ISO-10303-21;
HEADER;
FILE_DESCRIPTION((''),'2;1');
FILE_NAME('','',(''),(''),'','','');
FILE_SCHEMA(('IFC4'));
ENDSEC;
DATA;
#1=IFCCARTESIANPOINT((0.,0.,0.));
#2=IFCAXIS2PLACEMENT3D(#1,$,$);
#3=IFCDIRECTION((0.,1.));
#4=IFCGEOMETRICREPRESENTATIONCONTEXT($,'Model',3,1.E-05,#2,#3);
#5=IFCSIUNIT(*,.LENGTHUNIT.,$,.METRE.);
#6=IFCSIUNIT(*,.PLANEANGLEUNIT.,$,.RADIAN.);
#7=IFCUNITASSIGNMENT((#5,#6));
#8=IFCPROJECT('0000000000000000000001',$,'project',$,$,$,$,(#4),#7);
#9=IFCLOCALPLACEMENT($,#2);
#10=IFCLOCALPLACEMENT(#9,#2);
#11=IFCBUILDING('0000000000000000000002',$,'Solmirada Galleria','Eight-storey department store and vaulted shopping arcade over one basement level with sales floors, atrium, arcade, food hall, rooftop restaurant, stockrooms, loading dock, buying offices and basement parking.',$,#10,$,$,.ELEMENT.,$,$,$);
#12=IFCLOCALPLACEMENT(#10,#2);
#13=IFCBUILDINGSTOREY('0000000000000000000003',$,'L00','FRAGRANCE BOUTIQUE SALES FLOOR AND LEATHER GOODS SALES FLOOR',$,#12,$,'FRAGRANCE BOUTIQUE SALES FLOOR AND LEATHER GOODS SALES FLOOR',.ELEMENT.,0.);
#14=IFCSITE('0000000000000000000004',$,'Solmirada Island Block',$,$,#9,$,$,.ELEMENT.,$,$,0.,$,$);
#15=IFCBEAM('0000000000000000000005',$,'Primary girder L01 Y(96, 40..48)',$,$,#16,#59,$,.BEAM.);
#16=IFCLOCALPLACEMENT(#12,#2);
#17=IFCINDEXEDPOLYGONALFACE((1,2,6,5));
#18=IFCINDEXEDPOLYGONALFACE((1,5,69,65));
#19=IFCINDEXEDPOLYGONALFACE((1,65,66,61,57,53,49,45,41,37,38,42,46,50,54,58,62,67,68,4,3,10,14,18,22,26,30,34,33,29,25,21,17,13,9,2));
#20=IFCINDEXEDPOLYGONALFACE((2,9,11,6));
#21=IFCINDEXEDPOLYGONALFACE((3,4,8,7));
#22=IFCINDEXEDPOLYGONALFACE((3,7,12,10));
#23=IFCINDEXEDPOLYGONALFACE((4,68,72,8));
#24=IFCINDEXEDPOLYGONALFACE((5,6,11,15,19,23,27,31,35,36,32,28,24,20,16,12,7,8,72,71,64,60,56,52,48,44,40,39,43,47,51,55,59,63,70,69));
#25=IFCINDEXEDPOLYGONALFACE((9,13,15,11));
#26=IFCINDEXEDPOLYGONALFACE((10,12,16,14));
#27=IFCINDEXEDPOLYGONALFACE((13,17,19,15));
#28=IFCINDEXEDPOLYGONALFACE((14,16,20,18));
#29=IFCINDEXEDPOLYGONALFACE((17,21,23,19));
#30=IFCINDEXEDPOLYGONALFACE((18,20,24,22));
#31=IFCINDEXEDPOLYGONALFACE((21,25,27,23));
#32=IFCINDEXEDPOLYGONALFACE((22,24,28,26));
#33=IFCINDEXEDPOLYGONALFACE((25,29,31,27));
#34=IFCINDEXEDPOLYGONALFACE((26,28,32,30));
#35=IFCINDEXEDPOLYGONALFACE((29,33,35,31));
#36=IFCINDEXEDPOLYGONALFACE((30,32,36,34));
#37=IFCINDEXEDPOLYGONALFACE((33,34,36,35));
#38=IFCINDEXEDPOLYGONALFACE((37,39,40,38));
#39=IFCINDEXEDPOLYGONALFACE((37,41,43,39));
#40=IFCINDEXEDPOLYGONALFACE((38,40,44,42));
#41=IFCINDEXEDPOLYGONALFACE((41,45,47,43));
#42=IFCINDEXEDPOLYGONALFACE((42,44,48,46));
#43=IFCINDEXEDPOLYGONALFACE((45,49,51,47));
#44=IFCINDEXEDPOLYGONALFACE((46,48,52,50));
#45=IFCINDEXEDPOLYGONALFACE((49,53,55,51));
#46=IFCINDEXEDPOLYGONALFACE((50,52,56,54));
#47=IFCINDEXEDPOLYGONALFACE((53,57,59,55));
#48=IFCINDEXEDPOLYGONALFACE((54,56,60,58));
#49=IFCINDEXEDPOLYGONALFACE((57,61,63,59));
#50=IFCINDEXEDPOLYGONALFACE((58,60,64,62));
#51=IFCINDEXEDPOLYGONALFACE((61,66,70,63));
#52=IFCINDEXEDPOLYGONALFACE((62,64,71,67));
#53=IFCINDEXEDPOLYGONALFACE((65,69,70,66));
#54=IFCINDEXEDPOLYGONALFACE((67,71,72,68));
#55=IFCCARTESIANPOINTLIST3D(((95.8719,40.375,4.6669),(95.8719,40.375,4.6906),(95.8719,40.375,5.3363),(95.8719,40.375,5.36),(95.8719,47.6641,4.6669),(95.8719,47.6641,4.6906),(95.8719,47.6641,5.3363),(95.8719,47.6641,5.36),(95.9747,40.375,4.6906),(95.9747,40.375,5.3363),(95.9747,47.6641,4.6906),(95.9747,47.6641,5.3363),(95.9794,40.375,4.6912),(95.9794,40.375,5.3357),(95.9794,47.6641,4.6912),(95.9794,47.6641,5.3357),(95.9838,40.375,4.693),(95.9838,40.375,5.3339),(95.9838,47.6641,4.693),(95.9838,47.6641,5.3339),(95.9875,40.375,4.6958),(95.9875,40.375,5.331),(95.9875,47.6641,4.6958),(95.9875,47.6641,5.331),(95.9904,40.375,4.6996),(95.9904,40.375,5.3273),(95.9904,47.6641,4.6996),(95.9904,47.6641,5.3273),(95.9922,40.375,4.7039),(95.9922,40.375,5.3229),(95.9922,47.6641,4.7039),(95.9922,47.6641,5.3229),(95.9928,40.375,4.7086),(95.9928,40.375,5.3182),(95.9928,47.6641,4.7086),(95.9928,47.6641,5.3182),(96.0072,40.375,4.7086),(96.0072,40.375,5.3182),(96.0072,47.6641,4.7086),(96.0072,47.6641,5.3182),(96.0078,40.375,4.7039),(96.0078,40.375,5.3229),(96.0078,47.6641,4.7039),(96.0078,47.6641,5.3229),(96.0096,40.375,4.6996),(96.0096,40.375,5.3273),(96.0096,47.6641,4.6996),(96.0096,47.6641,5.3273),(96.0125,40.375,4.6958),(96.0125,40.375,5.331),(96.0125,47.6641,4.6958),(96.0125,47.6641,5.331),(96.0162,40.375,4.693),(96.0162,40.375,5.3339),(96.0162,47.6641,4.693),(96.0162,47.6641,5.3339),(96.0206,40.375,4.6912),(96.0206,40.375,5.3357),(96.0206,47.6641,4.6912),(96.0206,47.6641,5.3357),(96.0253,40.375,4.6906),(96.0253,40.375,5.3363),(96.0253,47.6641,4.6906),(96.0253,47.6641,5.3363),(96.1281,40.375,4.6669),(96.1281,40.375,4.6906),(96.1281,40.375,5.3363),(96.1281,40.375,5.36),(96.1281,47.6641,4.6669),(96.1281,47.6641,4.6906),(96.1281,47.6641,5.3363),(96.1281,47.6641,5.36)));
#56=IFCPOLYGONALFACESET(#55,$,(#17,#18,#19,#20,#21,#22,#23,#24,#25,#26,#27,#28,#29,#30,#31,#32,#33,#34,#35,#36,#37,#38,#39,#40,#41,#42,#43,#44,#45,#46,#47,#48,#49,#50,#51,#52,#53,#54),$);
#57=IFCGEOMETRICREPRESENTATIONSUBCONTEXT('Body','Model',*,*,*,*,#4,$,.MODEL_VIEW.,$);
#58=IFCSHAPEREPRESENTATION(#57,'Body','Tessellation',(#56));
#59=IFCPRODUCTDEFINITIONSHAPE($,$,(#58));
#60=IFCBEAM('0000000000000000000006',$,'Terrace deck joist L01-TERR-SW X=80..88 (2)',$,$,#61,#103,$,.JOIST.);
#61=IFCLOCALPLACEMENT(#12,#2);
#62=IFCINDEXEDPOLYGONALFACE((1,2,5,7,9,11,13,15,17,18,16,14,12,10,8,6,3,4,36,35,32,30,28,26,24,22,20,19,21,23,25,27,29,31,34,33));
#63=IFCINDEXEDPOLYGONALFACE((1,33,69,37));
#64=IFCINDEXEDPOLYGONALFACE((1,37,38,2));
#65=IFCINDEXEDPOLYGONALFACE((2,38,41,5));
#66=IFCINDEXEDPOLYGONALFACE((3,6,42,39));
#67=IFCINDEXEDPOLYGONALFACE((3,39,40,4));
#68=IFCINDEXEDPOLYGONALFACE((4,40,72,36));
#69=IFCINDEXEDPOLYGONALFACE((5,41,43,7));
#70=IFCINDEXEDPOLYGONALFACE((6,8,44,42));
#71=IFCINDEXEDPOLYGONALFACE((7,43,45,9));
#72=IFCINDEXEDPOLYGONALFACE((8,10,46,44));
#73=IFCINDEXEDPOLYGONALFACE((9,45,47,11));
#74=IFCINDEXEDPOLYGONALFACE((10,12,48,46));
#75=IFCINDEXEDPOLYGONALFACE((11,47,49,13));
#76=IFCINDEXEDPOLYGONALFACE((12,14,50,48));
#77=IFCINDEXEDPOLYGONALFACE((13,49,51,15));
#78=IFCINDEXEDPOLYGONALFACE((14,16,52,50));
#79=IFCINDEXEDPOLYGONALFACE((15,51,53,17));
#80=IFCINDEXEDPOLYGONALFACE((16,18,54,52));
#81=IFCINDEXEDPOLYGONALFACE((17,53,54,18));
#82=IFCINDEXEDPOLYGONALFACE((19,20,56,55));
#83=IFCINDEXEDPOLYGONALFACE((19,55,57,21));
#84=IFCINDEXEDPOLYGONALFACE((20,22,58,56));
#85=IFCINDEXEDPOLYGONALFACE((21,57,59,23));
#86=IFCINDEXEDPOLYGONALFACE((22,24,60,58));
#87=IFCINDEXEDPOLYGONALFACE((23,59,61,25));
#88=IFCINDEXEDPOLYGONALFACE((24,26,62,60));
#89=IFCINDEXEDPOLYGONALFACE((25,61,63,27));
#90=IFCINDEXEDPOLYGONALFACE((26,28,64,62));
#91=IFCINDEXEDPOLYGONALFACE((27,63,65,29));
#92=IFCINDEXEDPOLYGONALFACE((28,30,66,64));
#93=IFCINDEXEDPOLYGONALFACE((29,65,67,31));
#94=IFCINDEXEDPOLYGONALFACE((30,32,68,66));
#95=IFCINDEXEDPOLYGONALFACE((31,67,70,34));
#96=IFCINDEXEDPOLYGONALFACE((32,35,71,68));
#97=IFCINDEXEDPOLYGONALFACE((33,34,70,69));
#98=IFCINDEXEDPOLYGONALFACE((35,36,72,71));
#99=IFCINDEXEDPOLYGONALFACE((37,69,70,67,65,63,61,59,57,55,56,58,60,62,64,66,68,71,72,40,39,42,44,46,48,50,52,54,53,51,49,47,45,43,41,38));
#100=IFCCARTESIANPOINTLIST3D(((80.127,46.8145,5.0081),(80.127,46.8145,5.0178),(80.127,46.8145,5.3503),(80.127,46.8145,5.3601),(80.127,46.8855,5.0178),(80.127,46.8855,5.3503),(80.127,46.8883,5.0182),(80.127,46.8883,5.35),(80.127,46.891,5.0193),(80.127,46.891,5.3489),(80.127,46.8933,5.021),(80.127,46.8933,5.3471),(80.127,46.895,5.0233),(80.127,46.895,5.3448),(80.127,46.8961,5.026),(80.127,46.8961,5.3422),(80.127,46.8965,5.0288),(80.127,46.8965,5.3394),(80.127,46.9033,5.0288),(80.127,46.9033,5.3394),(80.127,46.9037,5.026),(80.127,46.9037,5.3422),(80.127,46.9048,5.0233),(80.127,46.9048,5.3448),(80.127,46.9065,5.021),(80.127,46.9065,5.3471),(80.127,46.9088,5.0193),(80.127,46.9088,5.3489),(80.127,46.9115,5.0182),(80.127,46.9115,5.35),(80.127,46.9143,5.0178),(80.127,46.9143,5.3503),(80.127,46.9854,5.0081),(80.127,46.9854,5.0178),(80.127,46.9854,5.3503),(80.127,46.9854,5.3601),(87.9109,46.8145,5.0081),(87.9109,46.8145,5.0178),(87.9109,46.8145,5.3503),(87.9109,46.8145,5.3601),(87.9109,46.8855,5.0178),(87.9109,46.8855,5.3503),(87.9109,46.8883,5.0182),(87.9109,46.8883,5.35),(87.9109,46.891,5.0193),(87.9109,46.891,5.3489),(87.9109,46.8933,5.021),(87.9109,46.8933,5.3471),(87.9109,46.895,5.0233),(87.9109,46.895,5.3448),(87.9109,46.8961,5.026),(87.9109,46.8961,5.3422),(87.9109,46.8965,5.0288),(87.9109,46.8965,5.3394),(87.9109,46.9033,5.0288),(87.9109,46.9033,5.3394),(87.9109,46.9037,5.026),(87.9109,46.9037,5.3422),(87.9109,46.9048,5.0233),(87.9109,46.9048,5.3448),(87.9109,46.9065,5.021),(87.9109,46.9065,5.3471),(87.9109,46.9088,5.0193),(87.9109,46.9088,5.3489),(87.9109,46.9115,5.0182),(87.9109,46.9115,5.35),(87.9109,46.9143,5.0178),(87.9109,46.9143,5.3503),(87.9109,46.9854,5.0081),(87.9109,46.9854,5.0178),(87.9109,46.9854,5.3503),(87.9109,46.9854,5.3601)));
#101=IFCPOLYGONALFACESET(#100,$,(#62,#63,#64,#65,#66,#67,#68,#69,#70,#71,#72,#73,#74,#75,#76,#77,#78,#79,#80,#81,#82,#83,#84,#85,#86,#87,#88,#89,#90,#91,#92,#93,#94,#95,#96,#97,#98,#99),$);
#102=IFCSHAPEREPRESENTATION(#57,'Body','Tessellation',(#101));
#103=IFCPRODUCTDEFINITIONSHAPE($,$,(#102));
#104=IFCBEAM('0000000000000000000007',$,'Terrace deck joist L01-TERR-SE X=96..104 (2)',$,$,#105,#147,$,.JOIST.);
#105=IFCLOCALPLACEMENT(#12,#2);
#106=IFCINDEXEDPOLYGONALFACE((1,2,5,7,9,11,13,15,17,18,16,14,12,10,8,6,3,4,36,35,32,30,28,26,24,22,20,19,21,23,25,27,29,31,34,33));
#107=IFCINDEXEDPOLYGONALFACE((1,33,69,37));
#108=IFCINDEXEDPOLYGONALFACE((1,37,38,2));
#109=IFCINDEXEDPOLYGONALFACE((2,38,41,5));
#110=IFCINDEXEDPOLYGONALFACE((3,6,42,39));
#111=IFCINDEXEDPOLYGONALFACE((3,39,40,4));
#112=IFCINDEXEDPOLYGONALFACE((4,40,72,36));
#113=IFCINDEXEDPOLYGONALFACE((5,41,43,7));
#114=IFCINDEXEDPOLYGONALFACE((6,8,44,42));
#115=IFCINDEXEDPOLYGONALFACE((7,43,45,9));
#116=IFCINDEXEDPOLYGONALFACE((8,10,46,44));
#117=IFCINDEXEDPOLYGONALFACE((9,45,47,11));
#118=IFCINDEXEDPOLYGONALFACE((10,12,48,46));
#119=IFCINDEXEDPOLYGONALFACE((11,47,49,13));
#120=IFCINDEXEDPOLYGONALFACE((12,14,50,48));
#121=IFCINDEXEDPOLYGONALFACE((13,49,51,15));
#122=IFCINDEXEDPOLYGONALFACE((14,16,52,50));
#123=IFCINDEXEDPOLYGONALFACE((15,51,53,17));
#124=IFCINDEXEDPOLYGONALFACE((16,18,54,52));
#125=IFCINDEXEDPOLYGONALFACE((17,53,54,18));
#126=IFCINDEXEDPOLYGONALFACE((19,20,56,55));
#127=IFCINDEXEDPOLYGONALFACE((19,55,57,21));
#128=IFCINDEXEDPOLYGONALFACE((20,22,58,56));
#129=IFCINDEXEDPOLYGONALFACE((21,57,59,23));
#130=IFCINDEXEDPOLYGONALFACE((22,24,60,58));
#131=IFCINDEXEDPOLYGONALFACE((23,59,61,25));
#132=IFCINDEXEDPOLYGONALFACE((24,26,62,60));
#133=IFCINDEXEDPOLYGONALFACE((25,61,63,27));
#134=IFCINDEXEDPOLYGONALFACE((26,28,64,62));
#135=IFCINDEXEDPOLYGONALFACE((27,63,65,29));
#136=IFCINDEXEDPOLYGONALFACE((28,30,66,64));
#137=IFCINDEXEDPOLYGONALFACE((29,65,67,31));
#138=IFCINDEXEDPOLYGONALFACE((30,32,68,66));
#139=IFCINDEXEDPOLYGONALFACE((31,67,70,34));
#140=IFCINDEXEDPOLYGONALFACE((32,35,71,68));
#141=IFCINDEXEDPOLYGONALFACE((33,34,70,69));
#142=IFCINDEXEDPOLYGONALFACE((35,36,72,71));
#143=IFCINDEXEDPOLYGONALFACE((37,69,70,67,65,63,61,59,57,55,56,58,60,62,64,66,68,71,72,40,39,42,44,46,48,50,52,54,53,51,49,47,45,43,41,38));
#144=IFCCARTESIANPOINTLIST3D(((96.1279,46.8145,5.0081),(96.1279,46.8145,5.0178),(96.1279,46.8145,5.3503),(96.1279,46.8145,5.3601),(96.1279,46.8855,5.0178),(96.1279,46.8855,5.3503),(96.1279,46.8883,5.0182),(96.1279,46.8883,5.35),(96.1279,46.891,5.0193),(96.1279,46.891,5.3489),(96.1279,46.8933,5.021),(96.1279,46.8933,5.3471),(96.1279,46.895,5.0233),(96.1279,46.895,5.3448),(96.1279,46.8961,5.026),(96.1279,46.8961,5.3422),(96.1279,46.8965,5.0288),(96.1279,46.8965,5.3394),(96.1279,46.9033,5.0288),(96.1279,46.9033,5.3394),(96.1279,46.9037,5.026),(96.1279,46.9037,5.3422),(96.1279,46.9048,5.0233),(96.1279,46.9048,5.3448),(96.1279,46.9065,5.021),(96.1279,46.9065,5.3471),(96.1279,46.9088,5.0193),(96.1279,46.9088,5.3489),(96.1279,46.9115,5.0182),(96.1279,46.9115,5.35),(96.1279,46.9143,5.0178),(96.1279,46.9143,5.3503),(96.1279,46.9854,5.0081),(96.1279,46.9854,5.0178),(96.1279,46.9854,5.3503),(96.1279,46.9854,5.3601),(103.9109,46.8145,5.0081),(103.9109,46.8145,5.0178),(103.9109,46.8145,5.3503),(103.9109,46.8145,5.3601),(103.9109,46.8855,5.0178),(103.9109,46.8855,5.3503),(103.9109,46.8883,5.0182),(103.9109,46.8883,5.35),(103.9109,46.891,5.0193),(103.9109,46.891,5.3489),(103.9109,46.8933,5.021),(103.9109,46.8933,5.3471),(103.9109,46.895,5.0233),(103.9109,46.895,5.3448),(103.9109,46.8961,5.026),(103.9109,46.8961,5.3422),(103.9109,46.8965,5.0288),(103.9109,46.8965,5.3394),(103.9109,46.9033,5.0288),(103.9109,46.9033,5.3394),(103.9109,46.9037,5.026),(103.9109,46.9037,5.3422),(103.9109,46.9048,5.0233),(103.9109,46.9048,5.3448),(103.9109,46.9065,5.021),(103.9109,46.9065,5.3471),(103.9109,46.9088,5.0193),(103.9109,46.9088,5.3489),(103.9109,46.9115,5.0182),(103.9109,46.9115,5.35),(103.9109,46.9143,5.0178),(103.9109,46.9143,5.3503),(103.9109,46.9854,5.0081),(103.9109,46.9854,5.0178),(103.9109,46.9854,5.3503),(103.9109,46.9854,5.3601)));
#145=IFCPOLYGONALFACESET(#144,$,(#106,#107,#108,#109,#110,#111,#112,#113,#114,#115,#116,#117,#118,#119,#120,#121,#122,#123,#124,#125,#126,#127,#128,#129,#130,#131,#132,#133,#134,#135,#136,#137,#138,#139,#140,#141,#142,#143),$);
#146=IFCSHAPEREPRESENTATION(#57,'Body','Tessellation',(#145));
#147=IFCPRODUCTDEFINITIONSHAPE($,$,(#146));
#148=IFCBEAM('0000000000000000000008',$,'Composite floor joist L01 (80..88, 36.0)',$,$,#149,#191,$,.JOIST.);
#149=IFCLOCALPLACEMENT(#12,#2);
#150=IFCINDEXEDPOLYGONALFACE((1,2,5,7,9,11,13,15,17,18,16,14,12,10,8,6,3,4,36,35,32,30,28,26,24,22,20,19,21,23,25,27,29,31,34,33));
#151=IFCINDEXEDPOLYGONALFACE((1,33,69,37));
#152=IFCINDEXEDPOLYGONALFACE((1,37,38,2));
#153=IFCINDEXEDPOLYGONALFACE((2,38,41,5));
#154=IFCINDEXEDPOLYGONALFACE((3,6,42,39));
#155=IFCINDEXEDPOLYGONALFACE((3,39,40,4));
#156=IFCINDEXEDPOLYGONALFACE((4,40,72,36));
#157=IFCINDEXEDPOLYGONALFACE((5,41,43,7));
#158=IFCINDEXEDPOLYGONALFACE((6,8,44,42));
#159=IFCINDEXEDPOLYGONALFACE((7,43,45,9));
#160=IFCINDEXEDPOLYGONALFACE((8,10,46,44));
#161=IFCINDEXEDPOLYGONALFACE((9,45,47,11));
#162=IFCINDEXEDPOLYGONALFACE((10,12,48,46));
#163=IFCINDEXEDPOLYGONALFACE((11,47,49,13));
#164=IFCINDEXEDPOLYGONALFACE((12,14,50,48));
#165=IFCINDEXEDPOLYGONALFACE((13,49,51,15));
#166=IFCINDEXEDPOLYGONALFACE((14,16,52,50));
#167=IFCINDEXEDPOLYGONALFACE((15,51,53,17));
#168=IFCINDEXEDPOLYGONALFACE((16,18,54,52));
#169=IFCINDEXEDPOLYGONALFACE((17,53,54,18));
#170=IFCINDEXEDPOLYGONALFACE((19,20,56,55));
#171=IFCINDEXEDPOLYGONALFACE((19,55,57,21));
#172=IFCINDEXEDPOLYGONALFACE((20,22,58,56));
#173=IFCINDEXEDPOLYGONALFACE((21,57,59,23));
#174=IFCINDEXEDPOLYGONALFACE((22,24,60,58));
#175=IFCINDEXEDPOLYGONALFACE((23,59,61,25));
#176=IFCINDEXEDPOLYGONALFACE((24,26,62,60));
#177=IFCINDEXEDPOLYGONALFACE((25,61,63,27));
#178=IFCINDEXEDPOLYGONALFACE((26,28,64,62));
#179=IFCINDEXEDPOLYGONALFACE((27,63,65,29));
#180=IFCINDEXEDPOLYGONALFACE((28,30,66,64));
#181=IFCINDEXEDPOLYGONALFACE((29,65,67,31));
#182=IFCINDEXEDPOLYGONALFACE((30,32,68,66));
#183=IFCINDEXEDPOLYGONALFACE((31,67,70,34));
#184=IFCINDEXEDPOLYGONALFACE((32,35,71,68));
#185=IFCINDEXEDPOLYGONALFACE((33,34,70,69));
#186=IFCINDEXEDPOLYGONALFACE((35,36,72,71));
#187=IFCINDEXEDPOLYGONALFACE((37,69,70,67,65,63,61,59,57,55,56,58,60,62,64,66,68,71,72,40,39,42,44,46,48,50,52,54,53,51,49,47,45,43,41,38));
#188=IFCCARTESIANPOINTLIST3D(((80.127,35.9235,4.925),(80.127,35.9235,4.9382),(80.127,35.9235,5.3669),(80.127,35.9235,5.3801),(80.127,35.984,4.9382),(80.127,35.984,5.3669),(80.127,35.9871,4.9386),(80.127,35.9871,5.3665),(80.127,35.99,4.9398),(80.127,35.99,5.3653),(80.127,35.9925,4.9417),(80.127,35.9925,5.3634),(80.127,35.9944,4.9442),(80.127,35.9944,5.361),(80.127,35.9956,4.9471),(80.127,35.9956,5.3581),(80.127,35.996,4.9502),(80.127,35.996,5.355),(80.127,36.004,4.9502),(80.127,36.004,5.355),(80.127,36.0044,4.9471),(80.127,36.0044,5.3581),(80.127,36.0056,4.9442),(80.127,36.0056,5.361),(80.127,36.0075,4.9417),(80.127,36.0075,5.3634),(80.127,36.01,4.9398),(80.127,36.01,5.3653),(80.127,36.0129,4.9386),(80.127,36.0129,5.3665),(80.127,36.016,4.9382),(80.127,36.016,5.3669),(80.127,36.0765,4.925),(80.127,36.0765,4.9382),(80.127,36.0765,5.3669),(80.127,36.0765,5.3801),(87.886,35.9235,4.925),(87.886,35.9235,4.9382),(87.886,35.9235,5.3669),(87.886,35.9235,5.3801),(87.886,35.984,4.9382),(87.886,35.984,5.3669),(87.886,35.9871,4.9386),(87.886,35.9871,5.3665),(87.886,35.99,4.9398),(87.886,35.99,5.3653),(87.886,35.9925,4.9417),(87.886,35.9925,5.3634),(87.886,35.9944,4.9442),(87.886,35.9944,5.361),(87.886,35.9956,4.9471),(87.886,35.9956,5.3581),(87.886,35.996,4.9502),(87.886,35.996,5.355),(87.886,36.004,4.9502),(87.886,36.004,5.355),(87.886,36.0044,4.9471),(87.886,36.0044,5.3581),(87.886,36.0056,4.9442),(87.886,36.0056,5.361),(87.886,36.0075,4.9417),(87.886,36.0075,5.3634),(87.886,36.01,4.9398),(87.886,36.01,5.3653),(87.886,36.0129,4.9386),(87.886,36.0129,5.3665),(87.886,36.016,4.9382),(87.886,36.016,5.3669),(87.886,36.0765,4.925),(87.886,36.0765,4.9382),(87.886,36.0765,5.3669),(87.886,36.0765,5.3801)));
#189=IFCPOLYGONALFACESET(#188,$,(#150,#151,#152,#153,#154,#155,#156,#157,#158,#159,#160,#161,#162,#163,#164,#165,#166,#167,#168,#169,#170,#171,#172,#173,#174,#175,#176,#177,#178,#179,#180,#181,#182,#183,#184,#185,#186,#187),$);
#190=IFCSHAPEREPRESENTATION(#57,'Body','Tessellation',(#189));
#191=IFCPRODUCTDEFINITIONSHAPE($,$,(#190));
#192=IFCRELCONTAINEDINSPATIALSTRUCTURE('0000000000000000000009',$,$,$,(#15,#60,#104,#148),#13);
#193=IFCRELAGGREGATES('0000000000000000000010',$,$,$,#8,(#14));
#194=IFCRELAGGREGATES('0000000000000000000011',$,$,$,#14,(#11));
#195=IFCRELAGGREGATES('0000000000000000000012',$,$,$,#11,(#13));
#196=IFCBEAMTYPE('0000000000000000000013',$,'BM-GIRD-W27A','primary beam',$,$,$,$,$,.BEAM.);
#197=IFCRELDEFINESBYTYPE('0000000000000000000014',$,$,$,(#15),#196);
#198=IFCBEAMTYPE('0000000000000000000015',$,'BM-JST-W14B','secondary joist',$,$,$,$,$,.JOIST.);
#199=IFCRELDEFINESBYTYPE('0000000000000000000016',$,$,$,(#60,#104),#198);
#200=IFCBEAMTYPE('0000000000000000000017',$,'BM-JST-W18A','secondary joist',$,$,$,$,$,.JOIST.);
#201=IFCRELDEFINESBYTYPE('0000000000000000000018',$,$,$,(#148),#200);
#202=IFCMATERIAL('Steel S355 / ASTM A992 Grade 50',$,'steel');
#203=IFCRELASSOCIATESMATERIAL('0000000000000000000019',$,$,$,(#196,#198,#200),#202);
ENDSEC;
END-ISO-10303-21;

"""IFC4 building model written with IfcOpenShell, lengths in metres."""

from ifc_helpers import new_model, si_unit, direction, frame, origin, origin_2d, place, context, subcontext, project, spatial, i_section, extrude, material, material_profile, profile_set, type_object, element, save


model = new_model("IFC4")

# Units and contexts
model_context = context("Model", 3, precision=1e-05, world=origin(), true_north=direction((0.0, 1.0)))
body_context = subcontext(model_context, "Body", "Model", "MODEL_VIEW")
ifc_project = project(units=[si_unit("LENGTHUNIT", "METRE"), si_unit("PLANEANGLEUNIT", "RADIAN")], contexts=[model_context])

# Site, building, storey
site_placement = place(None, origin())
site = spatial("IfcSite", under=ifc_project, at=site_placement, Name="Solmirada Island Block", CompositionType="ELEMENT", RefElevation=0.0)
building_placement = place(site_placement, origin())
building = spatial("IfcBuilding", under=site, at=building_placement, Name="Solmirada Galleria", Description="Eight-storey department store and vaulted shopping arcade over one basement level with sales floors, atrium, arcade, food hall, rooftop restaurant, stockrooms, loading dock, buying offices and basement parking.", CompositionType="ELEMENT")
storey_placement = place(building_placement, origin())
storey = spatial("IfcBuildingStorey", under=building, at=storey_placement, Name="L00", Description="FRAGRANCE BOUTIQUE SALES FLOOR AND LEATHER GOODS SALES FLOOR", LongName="FRAGRANCE BOUTIQUE SALES FLOOR AND LEATHER GOODS SALES FLOOR", CompositionType="ELEMENT", Elevation=0.0)

# Beams
ifc_material_1 = material(Name="Steel S355 / ASTM A992 Grade 50", Category="steel")
ifc_material_profile_1 = material_profile(ifc_material_1, i_section(OverallWidth=0.2561, OverallDepth=0.6931, WebThickness=0.0144, FlangeThickness=0.0237, FilletRadius=0.0181, at=origin_2d()), Name="W27X114")
ifc_profile_set_1 = profile_set([ifc_material_profile_1], Name="Steel S355 / ASTM A992 Grade 50")
beam_type_1 = type_object("IfcBeamType", Name="BM-GIRD-W27A", Description="primary beam", PredefinedType="BEAM", material=ifc_profile_set_1)
beam_1_placement = place(storey_placement, frame((96.0, 40.375, 5.0134), z_axis=(0.0, 1.0, 0.0), x_axis=(-1.0, 0.0, 0.0)))
element("IfcBeam", 1, at=beam_1_placement, inside=storey, type_object=beam_type_1, Name="Primary girder L01 Y(96, 40..48)", PredefinedType="BEAM", context=body_context, shape_type="SweptSolid", body=[
    extrude(i_section(OverallWidth=0.2561, OverallDepth=0.6931, WebThickness=0.0144, FlangeThickness=0.0237, FilletRadius=0.0181, at=origin_2d()), origin(), (0.0, 0.0, 1.0), 7.2891),
])
ifc_material_profile_2 = material_profile(ifc_material_1, i_section(OverallWidth=0.1709, OverallDepth=0.3521, WebThickness=0.0068, FlangeThickness=0.0098, FilletRadius=0.011, at=origin_2d()), Name="W14X30")
ifc_profile_set_2 = profile_set([ifc_material_profile_2], Name="Steel S355 / ASTM A992 Grade 50")
beam_type_2 = type_object("IfcBeamType", Name="BM-JST-W14B", Description="secondary joist", PredefinedType="JOIST", material=ifc_profile_set_2)
beam_2_placement = place(storey_placement, frame((80.127, 46.8999, 5.1841), z_axis=(1.0, 0.0, 0.0), x_axis=(0.0, 1.0, 0.0)))
element("IfcBeam", 2, at=beam_2_placement, inside=storey, type_object=beam_type_2, Name="Terrace deck joist L01-TERR-SW X=80..88 (2)", PredefinedType="JOIST", context=body_context, shape_type="SweptSolid", body=[
    extrude(i_section(OverallWidth=0.1709, OverallDepth=0.3521, WebThickness=0.0068, FlangeThickness=0.0098, FilletRadius=0.011, at=origin_2d()), origin(), (0.0, 0.0, 1.0), 7.7839),
])
beam_3_placement = place(storey_placement, frame((96.1279, 46.8999, 5.1841), z_axis=(1.0, 0.0, 0.0), x_axis=(0.0, 1.0, 0.0)))
element("IfcBeam", 3, at=beam_3_placement, inside=storey, type_object=beam_type_2, Name="Terrace deck joist L01-TERR-SE X=96..104 (2)", PredefinedType="JOIST", context=body_context, shape_type="SweptSolid", body=[
    extrude(i_section(OverallWidth=0.1709, OverallDepth=0.3521, WebThickness=0.0068, FlangeThickness=0.0098, FilletRadius=0.011, at=origin_2d()), origin(), (0.0, 0.0, 1.0), 7.783),
])
ifc_material_profile_3 = material_profile(ifc_material_1, i_section(OverallWidth=0.1531, OverallDepth=0.4551, WebThickness=0.0081, FlangeThickness=0.0132, FilletRadius=0.012, at=origin_2d()), Name="W18X40")
ifc_profile_set_3 = profile_set([ifc_material_profile_3], Name="Steel S355 / ASTM A992 Grade 50")
beam_type_3 = type_object("IfcBeamType", Name="BM-JST-W18A", Description="secondary joist", PredefinedType="JOIST", material=ifc_profile_set_3)
beam_4_placement = place(storey_placement, frame((80.127, 36.0, 5.1526), z_axis=(1.0, 0.0, 0.0), x_axis=(0.0, 1.0, 0.0)))
element("IfcBeam", 4, at=beam_4_placement, inside=storey, type_object=beam_type_3, Name="Composite floor joist L01 (80..88, 36.0)", PredefinedType="JOIST", context=body_context, shape_type="SweptSolid", body=[
    extrude(i_section(OverallWidth=0.1531, OverallDepth=0.4551, WebThickness=0.0081, FlangeThickness=0.0132, FilletRadius=0.012, at=origin_2d()), origin(), (0.0, 0.0, 1.0), 7.759),
])

save(model, "model.ifc")
